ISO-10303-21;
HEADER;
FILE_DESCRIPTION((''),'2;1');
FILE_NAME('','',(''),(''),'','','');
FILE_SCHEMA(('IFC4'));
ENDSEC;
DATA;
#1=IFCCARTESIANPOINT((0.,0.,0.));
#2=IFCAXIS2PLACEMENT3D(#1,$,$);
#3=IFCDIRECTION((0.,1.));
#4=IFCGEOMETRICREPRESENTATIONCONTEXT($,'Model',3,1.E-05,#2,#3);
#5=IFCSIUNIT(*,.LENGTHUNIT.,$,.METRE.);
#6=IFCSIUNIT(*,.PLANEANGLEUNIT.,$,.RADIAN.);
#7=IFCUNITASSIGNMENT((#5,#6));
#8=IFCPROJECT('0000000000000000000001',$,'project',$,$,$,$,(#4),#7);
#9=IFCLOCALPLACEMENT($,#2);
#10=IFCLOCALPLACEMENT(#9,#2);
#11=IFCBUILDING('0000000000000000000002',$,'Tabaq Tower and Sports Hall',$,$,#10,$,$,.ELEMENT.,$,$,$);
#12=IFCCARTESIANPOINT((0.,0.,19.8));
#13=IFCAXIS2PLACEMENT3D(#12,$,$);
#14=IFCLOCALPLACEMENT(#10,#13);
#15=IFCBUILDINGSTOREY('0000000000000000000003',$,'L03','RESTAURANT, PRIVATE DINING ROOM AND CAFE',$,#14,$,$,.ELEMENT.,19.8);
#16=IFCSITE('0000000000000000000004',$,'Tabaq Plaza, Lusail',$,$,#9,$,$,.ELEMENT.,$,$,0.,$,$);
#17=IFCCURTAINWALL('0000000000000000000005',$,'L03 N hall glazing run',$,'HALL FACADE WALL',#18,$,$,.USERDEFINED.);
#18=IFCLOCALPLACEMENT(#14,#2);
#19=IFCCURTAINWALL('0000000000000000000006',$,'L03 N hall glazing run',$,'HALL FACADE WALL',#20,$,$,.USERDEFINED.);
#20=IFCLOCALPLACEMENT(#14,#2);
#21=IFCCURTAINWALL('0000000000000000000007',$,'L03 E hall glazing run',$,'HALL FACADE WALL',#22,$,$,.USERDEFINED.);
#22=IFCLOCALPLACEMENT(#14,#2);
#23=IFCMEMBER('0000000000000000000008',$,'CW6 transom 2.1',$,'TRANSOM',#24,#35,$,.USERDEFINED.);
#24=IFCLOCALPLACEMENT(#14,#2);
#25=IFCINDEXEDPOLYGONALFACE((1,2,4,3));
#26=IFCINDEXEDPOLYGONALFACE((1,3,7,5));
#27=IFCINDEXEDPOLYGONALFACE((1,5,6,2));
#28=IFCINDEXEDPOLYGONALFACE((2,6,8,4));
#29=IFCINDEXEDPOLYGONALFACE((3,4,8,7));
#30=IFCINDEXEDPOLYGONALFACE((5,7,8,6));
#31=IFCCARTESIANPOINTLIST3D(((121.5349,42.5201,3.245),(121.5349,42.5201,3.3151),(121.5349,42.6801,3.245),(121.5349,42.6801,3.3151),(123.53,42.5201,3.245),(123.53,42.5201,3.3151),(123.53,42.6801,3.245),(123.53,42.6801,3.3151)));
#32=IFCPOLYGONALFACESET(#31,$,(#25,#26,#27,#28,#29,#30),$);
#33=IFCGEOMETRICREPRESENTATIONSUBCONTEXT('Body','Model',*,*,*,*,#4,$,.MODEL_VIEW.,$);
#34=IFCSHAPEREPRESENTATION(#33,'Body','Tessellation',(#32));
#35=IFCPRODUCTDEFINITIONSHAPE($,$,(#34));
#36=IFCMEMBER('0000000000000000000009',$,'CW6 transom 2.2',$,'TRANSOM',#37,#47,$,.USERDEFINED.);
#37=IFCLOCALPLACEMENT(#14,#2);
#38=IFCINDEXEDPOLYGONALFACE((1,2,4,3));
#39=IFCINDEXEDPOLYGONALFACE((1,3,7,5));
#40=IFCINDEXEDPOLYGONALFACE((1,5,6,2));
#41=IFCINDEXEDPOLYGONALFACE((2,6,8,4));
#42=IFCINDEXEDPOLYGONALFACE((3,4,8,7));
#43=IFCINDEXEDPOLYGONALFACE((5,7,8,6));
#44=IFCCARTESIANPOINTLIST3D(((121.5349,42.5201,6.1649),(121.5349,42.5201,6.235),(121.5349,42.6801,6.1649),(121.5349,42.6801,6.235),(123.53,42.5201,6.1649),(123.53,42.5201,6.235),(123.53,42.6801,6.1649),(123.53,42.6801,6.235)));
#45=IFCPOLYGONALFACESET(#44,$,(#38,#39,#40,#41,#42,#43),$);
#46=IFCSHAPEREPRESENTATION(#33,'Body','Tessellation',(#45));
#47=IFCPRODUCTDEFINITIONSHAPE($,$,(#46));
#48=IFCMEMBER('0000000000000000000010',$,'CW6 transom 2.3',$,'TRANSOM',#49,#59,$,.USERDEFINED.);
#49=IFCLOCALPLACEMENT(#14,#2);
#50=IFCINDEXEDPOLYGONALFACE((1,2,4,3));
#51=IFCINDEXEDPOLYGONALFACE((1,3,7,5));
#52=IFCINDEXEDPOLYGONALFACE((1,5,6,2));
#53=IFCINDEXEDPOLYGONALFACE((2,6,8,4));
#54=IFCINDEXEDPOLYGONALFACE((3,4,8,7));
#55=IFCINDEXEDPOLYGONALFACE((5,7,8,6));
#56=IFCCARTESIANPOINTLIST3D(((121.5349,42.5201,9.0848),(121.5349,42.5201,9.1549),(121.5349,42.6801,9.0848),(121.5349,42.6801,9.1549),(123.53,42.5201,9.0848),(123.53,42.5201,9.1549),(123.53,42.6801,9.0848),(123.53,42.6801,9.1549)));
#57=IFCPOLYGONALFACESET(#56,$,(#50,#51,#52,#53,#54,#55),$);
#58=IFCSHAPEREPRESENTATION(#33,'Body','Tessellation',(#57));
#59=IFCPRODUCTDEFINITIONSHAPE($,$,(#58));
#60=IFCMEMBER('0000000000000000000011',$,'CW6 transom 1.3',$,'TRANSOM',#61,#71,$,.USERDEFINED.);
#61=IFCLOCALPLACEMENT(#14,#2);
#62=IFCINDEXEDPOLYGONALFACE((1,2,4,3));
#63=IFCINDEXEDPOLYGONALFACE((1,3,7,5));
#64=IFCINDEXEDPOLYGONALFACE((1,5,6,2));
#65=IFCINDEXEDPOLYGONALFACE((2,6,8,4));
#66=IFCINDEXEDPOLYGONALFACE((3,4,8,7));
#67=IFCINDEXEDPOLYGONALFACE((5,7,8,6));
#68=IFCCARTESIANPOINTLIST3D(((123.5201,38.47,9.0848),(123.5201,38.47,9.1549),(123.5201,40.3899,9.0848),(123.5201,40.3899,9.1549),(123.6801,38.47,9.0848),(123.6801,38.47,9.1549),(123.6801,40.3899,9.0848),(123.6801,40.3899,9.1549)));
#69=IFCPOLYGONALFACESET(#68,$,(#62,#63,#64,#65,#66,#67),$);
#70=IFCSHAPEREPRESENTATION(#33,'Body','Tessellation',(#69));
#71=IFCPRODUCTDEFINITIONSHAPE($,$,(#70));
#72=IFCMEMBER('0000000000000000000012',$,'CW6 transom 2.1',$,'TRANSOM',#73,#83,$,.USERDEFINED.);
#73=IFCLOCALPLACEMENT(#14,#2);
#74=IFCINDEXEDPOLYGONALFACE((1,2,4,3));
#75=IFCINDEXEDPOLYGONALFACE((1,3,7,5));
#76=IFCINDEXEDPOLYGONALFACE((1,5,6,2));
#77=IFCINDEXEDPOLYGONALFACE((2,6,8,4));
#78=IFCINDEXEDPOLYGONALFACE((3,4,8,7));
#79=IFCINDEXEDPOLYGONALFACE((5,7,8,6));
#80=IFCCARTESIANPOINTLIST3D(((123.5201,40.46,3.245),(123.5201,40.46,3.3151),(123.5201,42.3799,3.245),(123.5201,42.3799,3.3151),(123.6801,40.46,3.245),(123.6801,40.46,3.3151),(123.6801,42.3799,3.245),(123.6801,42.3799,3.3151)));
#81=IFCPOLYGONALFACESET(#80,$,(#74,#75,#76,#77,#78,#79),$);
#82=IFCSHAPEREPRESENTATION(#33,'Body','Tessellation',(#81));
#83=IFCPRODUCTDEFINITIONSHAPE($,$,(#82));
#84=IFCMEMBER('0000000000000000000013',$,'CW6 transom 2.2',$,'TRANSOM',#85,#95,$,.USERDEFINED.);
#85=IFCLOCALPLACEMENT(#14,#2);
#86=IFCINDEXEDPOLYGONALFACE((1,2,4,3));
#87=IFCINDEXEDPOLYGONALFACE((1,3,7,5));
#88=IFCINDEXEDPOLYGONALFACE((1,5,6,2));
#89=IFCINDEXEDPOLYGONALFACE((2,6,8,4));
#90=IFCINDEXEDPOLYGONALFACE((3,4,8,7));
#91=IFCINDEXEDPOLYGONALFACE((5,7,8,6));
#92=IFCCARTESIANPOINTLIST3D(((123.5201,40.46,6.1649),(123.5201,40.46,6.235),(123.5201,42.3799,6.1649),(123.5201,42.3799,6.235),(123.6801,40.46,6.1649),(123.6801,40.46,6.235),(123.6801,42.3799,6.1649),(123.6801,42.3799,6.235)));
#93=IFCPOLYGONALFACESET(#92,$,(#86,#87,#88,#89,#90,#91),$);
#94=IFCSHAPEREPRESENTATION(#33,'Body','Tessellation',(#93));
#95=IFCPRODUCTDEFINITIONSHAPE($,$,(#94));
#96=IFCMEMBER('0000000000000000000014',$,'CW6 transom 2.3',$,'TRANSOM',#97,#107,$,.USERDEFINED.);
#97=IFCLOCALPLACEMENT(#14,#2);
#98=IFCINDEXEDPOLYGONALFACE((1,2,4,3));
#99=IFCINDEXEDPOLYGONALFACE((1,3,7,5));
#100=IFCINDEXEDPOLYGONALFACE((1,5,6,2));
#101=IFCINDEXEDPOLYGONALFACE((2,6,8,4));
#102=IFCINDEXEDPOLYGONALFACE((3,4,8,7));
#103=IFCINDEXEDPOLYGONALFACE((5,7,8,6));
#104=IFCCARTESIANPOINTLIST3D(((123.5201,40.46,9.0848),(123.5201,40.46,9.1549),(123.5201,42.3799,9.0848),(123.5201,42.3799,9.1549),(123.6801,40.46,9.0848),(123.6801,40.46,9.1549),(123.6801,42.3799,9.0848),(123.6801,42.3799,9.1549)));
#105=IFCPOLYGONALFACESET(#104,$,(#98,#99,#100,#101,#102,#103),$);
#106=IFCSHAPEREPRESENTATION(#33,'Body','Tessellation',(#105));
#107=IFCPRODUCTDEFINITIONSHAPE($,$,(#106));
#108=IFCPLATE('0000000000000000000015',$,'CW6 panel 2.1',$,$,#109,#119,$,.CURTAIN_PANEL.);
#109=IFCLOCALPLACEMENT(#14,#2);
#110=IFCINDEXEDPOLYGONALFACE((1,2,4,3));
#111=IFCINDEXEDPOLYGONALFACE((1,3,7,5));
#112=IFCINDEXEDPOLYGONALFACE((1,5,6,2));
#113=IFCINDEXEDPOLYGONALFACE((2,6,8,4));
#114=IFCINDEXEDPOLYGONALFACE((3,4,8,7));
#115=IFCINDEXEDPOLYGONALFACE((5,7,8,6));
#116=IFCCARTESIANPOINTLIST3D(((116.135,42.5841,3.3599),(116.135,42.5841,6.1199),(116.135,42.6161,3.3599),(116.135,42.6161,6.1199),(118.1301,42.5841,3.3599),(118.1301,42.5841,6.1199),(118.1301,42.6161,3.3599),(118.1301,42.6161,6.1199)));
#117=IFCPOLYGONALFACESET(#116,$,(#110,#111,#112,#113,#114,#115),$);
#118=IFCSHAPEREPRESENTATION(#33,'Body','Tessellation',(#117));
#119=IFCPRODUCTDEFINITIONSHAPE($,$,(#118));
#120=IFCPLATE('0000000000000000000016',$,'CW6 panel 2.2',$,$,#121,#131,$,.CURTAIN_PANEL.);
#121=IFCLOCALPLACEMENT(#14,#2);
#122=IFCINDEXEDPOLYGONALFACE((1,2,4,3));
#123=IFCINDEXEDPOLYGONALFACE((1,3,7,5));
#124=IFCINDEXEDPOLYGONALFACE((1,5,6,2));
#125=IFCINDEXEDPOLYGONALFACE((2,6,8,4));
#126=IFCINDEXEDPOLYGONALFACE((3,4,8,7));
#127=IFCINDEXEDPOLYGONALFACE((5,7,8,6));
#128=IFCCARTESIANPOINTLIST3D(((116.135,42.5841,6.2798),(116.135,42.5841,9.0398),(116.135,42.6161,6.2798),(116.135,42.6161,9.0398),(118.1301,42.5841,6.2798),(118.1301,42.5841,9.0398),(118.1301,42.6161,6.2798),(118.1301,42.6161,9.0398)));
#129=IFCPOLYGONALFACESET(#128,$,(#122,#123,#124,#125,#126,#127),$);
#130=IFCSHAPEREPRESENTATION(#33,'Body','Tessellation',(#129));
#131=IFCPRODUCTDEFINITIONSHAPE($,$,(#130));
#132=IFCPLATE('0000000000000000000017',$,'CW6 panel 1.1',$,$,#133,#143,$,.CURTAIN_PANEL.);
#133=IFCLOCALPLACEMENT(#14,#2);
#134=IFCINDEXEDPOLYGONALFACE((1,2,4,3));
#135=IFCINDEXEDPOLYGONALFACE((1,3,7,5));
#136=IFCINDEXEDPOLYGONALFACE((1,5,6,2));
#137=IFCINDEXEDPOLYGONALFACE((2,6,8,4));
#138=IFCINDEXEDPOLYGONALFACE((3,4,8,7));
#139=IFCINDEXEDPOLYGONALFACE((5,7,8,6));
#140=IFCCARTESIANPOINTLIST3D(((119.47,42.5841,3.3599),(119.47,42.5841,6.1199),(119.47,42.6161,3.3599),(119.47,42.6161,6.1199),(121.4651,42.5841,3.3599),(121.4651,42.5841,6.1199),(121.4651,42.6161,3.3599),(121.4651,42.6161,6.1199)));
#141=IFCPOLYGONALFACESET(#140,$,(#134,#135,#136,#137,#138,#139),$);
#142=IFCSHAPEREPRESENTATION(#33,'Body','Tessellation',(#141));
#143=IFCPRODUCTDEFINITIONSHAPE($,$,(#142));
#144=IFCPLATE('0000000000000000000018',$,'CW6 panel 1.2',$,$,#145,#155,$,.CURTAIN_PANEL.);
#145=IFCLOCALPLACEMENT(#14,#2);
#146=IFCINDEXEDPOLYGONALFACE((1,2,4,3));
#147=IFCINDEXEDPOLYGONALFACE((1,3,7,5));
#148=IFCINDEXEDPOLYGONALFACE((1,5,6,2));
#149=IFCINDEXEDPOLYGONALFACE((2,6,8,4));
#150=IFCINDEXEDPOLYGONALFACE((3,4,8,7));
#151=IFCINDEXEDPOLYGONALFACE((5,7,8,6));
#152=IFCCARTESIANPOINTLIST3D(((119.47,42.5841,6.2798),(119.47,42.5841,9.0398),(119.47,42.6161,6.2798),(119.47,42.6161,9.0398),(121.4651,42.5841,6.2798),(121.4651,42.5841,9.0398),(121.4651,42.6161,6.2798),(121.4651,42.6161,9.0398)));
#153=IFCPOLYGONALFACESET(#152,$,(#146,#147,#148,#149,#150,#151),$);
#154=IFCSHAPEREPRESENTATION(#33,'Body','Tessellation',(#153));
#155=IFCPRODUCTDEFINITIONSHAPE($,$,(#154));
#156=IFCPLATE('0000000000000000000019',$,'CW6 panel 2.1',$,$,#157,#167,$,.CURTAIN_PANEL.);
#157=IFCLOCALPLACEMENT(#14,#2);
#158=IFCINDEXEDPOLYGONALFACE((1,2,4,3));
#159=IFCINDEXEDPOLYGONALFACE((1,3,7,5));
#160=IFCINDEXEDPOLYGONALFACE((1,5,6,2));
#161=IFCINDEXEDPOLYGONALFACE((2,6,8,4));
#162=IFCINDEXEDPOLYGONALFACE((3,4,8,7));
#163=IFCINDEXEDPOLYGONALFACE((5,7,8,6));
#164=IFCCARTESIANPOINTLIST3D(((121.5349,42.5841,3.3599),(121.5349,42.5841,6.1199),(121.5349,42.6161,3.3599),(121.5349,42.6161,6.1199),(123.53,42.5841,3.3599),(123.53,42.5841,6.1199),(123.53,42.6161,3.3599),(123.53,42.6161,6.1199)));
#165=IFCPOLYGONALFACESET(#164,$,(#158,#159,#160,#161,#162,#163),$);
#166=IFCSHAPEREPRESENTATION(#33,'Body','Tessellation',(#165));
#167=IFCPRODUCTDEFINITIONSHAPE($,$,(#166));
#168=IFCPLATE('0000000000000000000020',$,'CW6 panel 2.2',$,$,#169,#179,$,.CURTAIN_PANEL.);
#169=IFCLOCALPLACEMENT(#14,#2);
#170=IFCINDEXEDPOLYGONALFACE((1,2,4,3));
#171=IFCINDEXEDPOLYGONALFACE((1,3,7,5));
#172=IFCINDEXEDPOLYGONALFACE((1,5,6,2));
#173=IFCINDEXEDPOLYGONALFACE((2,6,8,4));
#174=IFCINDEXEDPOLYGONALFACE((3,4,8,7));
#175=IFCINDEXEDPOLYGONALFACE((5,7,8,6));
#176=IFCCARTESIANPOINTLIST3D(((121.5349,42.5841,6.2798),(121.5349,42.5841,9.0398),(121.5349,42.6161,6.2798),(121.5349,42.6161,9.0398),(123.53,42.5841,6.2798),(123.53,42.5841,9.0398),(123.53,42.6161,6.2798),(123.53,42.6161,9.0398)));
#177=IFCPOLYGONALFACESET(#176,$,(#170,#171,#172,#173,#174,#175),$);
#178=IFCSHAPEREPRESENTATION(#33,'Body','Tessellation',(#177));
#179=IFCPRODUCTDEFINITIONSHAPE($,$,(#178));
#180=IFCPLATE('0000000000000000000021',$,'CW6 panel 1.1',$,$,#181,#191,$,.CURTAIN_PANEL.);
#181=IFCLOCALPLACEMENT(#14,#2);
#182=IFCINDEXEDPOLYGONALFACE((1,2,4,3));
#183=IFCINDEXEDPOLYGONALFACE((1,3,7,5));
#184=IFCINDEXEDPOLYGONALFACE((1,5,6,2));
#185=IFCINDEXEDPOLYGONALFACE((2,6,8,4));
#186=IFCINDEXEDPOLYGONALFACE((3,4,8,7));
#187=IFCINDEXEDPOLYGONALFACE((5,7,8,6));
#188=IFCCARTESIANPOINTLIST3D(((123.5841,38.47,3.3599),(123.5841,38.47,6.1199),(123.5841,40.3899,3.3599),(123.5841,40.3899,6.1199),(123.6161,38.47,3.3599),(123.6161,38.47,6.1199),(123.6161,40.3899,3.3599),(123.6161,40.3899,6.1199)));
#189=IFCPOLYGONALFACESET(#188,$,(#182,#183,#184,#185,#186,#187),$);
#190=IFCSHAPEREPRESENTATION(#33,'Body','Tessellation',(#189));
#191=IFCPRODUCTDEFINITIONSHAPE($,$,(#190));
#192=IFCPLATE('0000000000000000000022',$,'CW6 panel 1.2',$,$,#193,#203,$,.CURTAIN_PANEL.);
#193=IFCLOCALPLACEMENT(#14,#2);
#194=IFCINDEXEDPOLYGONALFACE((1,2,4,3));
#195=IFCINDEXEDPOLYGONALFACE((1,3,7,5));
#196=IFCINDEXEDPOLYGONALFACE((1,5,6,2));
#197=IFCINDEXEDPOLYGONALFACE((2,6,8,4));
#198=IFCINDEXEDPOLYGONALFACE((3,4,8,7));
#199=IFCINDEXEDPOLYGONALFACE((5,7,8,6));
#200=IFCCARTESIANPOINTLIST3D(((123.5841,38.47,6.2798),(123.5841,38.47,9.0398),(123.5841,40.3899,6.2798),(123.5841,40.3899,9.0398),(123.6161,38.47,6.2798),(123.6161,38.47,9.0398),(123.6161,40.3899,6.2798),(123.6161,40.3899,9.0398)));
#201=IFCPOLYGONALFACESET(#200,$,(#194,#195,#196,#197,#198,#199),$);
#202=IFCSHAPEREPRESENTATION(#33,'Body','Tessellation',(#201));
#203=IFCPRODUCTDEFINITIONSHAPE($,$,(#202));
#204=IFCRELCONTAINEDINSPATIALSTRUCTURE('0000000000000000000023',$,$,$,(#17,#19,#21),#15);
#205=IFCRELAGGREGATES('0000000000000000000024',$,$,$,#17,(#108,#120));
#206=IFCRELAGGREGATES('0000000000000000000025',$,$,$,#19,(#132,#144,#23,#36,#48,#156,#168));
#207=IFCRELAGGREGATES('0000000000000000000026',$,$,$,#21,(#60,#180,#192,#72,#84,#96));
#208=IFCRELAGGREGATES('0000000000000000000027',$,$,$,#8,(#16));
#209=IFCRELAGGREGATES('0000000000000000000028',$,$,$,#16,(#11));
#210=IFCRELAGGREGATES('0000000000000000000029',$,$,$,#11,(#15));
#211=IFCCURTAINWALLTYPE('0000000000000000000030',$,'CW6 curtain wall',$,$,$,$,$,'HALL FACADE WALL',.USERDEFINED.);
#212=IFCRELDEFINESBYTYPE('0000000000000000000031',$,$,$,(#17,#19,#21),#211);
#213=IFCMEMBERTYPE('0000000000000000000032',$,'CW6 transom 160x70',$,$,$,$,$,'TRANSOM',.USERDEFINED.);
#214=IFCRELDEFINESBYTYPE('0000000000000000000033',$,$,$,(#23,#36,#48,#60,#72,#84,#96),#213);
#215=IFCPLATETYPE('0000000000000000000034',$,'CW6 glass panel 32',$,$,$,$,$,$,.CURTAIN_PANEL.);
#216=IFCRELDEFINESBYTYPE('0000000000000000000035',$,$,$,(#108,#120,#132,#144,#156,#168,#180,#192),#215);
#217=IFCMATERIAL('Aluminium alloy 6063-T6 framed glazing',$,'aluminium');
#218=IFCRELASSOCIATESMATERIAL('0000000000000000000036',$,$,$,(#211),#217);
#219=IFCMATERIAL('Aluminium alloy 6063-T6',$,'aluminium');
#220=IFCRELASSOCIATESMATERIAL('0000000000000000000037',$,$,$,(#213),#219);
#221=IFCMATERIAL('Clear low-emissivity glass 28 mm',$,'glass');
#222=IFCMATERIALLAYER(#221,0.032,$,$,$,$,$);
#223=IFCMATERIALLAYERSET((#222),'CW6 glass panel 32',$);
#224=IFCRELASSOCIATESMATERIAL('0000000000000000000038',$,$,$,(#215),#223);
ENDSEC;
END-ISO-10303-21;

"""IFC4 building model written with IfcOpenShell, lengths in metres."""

from ifc_helpers import new_model, si_unit, direction, frame, origin, origin_2d, place, context, subcontext, project, spatial, rectangle, extrude, material, layer, layer_set, material_profile, profile_set, type_object, element, aggregate, save


model = new_model("IFC4")

# Units and contexts
model_context = context("Model", 3, precision=1e-05, world=origin(), true_north=direction((0.0, 1.0)))
body_context = subcontext(model_context, "Body", "Model", "MODEL_VIEW")
ifc_project = project(units=[si_unit("LENGTHUNIT", "METRE"), si_unit("PLANEANGLEUNIT", "RADIAN")], contexts=[model_context])

# Site, building, storey
site_placement = place(None, origin())
site = spatial("IfcSite", under=ifc_project, at=site_placement, Name="Tabaq Plaza, Lusail", CompositionType="ELEMENT", RefElevation=0.0)
building_placement = place(site_placement, origin())
building = spatial("IfcBuilding", under=site, at=building_placement, Name="Tabaq Tower and Sports Hall", CompositionType="ELEMENT")
storey_placement = place(building_placement, frame((0.0, 0.0, 19.8)))
storey = spatial("IfcBuildingStorey", under=building, at=storey_placement, Name="L03", Description="RESTAURANT, PRIVATE DINING ROOM AND CAFE", CompositionType="ELEMENT", Elevation=19.8)

# Curtain wall
ifc_material_1 = material(Name="Aluminium alloy 6063-T6 framed glazing", Category="aluminium")
curtain_wall_type = type_object("IfcCurtainWallType", Name="CW6 curtain wall", ElementType="HALL FACADE WALL", PredefinedType="USERDEFINED", material=ifc_material_1)
curtain_wall_1_placement = place(storey_placement, origin())
curtain_wall_1 = element("IfcCurtainWall", 1, at=curtain_wall_1_placement, inside=storey, type_object=curtain_wall_type, Name="L03 N hall glazing run", ObjectType="HALL FACADE WALL", PredefinedType="USERDEFINED")

# Curtain walls
curtain_wall_2_placement = place(storey_placement, origin())
curtain_wall_2 = element("IfcCurtainWall", 2, at=curtain_wall_2_placement, inside=storey, type_object=curtain_wall_type, Name="L03 N hall glazing run", ObjectType="HALL FACADE WALL", PredefinedType="USERDEFINED")
curtain_wall_3_placement = place(storey_placement, origin())
curtain_wall_3 = element("IfcCurtainWall", 3, at=curtain_wall_3_placement, inside=storey, type_object=curtain_wall_type, Name="L03 E hall glazing run", ObjectType="HALL FACADE WALL", PredefinedType="USERDEFINED")

# Members
ifc_material_2 = material(Name="Aluminium alloy 6063-T6", Category="aluminium")
ifc_material_profile_1 = material_profile(ifc_material_2, rectangle(XDim=0.1599, YDim=0.0701, at=origin_2d()), Name="TRANSOM 160x70")
ifc_profile_set_1 = profile_set([ifc_material_profile_1], Name="Aluminium alloy 6063-T6")
member_type_1 = type_object("IfcMemberType", Name="CW6 transom 160x70", ElementType="TRANSOM", PredefinedType="USERDEFINED", material=ifc_profile_set_1)
member_1_placement = place(storey_placement, frame((121.5349, 42.6001, 3.28), z_axis=(1.0, 0.0, 0.0), x_axis=(0.0, 1.0, 0.0)))
member_1 = element("IfcMember", 4, at=member_1_placement, type_object=member_type_1, Name="CW6 transom 2.1", ObjectType="TRANSOM", PredefinedType="USERDEFINED", context=body_context, shape_type="SweptSolid", body=[
    extrude(rectangle(XDim=0.1599, YDim=0.0701, at=origin_2d()), origin(), (0.0, 0.0, 1.0), 1.9951),
])
member_2_placement = place(storey_placement, frame((121.5349, 42.6001, 6.2), z_axis=(1.0, 0.0, 0.0), x_axis=(0.0, 1.0, 0.0)))
member_2 = element("IfcMember", 5, at=member_2_placement, type_object=member_type_1, Name="CW6 transom 2.2", ObjectType="TRANSOM", PredefinedType="USERDEFINED", context=body_context, shape_type="SweptSolid", body=[
    extrude(rectangle(XDim=0.1599, YDim=0.0701, at=origin_2d()), origin(), (0.0, 0.0, 1.0), 1.9951),
])
member_3_placement = place(storey_placement, frame((121.5349, 42.6001, 9.1199), z_axis=(1.0, 0.0, 0.0), x_axis=(0.0, 1.0, 0.0)))
member_3 = element("IfcMember", 6, at=member_3_placement, type_object=member_type_1, Name="CW6 transom 2.3", ObjectType="TRANSOM", PredefinedType="USERDEFINED", context=body_context, shape_type="SweptSolid", body=[
    extrude(rectangle(XDim=0.1599, YDim=0.0701, at=origin_2d()), origin(), (0.0, 0.0, 1.0), 1.9951),
])
member_4_placement = place(storey_placement, frame((123.6001, 38.47, 9.1199), z_axis=(0.0, 1.0, 0.0), x_axis=(-1.0, 0.0, 0.0)))
member_4 = element("IfcMember", 7, at=member_4_placement, type_object=member_type_1, Name="CW6 transom 1.3", ObjectType="TRANSOM", PredefinedType="USERDEFINED", context=body_context, shape_type="SweptSolid", body=[
    extrude(rectangle(XDim=0.1599, YDim=0.0701, at=origin_2d()), origin(), (0.0, 0.0, 1.0), 1.9199),
])
member_5_placement = place(storey_placement, frame((123.6001, 40.46, 3.28), z_axis=(0.0, 1.0, 0.0), x_axis=(-1.0, 0.0, 0.0)))
member_5 = element("IfcMember", 8, at=member_5_placement, type_object=member_type_1, Name="CW6 transom 2.1", ObjectType="TRANSOM", PredefinedType="USERDEFINED", context=body_context, shape_type="SweptSolid", body=[
    extrude(rectangle(XDim=0.1599, YDim=0.0701, at=origin_2d()), origin(), (0.0, 0.0, 1.0), 1.9199),
])
member_6_placement = place(storey_placement, frame((123.6001, 40.46, 6.2), z_axis=(0.0, 1.0, 0.0), x_axis=(-1.0, 0.0, 0.0)))
member_6 = element("IfcMember", 9, at=member_6_placement, type_object=member_type_1, Name="CW6 transom 2.2", ObjectType="TRANSOM", PredefinedType="USERDEFINED", context=body_context, shape_type="SweptSolid", body=[
    extrude(rectangle(XDim=0.1599, YDim=0.0701, at=origin_2d()), origin(), (0.0, 0.0, 1.0), 1.9199),
])
member_7_placement = place(storey_placement, frame((123.6001, 40.46, 9.1199), z_axis=(0.0, 1.0, 0.0), x_axis=(-1.0, 0.0, 0.0)))
member_7 = element("IfcMember", 10, at=member_7_placement, type_object=member_type_1, Name="CW6 transom 2.3", ObjectType="TRANSOM", PredefinedType="USERDEFINED", context=body_context, shape_type="SweptSolid", body=[
    extrude(rectangle(XDim=0.1599, YDim=0.0701, at=origin_2d()), origin(), (0.0, 0.0, 1.0), 1.9199),
])

# Plates
ifc_material_3 = material(Name="Clear low-emissivity glass 28 mm", Category="glass")
ifc_layer_1 = layer(ifc_material_3, 0.032)
ifc_layer_set_1 = layer_set([ifc_layer_1], Name="CW6 glass panel 32")
plate_type = type_object("IfcPlateType", Name="CW6 glass panel 32", PredefinedType="CURTAIN_PANEL", material=ifc_layer_set_1)
plate_1_placement = place(storey_placement, frame((117.1326, 42.6001, 3.3599), z_axis=(0.0, 0.0, 1.0), x_axis=(1.0, 0.0, 0.0)))
plate_1 = element("IfcPlate", 11, at=plate_1_placement, type_object=plate_type, Name="CW6 panel 2.1", PredefinedType="CURTAIN_PANEL", context=body_context, shape_type="SweptSolid", body=[
    extrude(rectangle(XDim=1.9951, YDim=0.032, at=origin_2d()), origin(), (0.0, 0.0, 1.0), 2.76),
])
plate_2_placement = place(storey_placement, frame((117.1326, 42.6001, 6.2798), z_axis=(0.0, 0.0, 1.0), x_axis=(1.0, 0.0, 0.0)))
plate_2 = element("IfcPlate", 12, at=plate_2_placement, type_object=plate_type, Name="CW6 panel 2.2", PredefinedType="CURTAIN_PANEL", context=body_context, shape_type="SweptSolid", body=[
    extrude(rectangle(XDim=1.9951, YDim=0.032, at=origin_2d()), origin(), (0.0, 0.0, 1.0), 2.76),
])
aggregate(curtain_wall_1, [plate_1, plate_2])
plate_3_placement = place(storey_placement, frame((120.4675, 42.6001, 3.3599), z_axis=(0.0, 0.0, 1.0), x_axis=(1.0, 0.0, 0.0)))
plate_3 = element("IfcPlate", 13, at=plate_3_placement, type_object=plate_type, Name="CW6 panel 1.1", PredefinedType="CURTAIN_PANEL", context=body_context, shape_type="SweptSolid", body=[
    extrude(rectangle(XDim=1.9951, YDim=0.032, at=origin_2d()), origin(), (0.0, 0.0, 1.0), 2.76),
])
plate_4_placement = place(storey_placement, frame((120.4675, 42.6001, 6.2798), z_axis=(0.0, 0.0, 1.0), x_axis=(1.0, 0.0, 0.0)))
plate_4 = element("IfcPlate", 14, at=plate_4_placement, type_object=plate_type, Name="CW6 panel 1.2", PredefinedType="CURTAIN_PANEL", context=body_context, shape_type="SweptSolid", body=[
    extrude(rectangle(XDim=1.9951, YDim=0.032, at=origin_2d()), origin(), (0.0, 0.0, 1.0), 2.76),
])
plate_5_placement = place(storey_placement, frame((122.5325, 42.6001, 3.3599), z_axis=(0.0, 0.0, 1.0), x_axis=(1.0, 0.0, 0.0)))
plate_5 = element("IfcPlate", 15, at=plate_5_placement, type_object=plate_type, Name="CW6 panel 2.1", PredefinedType="CURTAIN_PANEL", context=body_context, shape_type="SweptSolid", body=[
    extrude(rectangle(XDim=1.9951, YDim=0.032, at=origin_2d()), origin(), (0.0, 0.0, 1.0), 2.76),
])
plate_6_placement = place(storey_placement, frame((122.5325, 42.6001, 6.2798), z_axis=(0.0, 0.0, 1.0), x_axis=(1.0, 0.0, 0.0)))
plate_6 = element("IfcPlate", 16, at=plate_6_placement, type_object=plate_type, Name="CW6 panel 2.2", PredefinedType="CURTAIN_PANEL", context=body_context, shape_type="SweptSolid", body=[
    extrude(rectangle(XDim=1.9951, YDim=0.032, at=origin_2d()), origin(), (0.0, 0.0, 1.0), 2.76),
])
aggregate(curtain_wall_2, [plate_3, plate_4, member_1, member_2, member_3, plate_5, plate_6])
plate_7_placement = place(storey_placement, frame((123.6001, 39.4299, 3.3599), z_axis=(0.0, 0.0, 1.0), x_axis=(0.0, 1.0, 0.0)))
plate_7 = element("IfcPlate", 17, at=plate_7_placement, type_object=plate_type, Name="CW6 panel 1.1", PredefinedType="CURTAIN_PANEL", context=body_context, shape_type="SweptSolid", body=[
    extrude(rectangle(XDim=1.9199, YDim=0.032, at=origin_2d()), origin(), (0.0, 0.0, 1.0), 2.76),
])
plate_8_placement = place(storey_placement, frame((123.6001, 39.4299, 6.2798), z_axis=(0.0, 0.0, 1.0), x_axis=(0.0, 1.0, 0.0)))
plate_8 = element("IfcPlate", 18, at=plate_8_placement, type_object=plate_type, Name="CW6 panel 1.2", PredefinedType="CURTAIN_PANEL", context=body_context, shape_type="SweptSolid", body=[
    extrude(rectangle(XDim=1.9199, YDim=0.032, at=origin_2d()), origin(), (0.0, 0.0, 1.0), 2.76),
])
aggregate(curtain_wall_3, [member_4, plate_7, plate_8, member_5, member_6, member_7])

save(model, "model.ifc")
